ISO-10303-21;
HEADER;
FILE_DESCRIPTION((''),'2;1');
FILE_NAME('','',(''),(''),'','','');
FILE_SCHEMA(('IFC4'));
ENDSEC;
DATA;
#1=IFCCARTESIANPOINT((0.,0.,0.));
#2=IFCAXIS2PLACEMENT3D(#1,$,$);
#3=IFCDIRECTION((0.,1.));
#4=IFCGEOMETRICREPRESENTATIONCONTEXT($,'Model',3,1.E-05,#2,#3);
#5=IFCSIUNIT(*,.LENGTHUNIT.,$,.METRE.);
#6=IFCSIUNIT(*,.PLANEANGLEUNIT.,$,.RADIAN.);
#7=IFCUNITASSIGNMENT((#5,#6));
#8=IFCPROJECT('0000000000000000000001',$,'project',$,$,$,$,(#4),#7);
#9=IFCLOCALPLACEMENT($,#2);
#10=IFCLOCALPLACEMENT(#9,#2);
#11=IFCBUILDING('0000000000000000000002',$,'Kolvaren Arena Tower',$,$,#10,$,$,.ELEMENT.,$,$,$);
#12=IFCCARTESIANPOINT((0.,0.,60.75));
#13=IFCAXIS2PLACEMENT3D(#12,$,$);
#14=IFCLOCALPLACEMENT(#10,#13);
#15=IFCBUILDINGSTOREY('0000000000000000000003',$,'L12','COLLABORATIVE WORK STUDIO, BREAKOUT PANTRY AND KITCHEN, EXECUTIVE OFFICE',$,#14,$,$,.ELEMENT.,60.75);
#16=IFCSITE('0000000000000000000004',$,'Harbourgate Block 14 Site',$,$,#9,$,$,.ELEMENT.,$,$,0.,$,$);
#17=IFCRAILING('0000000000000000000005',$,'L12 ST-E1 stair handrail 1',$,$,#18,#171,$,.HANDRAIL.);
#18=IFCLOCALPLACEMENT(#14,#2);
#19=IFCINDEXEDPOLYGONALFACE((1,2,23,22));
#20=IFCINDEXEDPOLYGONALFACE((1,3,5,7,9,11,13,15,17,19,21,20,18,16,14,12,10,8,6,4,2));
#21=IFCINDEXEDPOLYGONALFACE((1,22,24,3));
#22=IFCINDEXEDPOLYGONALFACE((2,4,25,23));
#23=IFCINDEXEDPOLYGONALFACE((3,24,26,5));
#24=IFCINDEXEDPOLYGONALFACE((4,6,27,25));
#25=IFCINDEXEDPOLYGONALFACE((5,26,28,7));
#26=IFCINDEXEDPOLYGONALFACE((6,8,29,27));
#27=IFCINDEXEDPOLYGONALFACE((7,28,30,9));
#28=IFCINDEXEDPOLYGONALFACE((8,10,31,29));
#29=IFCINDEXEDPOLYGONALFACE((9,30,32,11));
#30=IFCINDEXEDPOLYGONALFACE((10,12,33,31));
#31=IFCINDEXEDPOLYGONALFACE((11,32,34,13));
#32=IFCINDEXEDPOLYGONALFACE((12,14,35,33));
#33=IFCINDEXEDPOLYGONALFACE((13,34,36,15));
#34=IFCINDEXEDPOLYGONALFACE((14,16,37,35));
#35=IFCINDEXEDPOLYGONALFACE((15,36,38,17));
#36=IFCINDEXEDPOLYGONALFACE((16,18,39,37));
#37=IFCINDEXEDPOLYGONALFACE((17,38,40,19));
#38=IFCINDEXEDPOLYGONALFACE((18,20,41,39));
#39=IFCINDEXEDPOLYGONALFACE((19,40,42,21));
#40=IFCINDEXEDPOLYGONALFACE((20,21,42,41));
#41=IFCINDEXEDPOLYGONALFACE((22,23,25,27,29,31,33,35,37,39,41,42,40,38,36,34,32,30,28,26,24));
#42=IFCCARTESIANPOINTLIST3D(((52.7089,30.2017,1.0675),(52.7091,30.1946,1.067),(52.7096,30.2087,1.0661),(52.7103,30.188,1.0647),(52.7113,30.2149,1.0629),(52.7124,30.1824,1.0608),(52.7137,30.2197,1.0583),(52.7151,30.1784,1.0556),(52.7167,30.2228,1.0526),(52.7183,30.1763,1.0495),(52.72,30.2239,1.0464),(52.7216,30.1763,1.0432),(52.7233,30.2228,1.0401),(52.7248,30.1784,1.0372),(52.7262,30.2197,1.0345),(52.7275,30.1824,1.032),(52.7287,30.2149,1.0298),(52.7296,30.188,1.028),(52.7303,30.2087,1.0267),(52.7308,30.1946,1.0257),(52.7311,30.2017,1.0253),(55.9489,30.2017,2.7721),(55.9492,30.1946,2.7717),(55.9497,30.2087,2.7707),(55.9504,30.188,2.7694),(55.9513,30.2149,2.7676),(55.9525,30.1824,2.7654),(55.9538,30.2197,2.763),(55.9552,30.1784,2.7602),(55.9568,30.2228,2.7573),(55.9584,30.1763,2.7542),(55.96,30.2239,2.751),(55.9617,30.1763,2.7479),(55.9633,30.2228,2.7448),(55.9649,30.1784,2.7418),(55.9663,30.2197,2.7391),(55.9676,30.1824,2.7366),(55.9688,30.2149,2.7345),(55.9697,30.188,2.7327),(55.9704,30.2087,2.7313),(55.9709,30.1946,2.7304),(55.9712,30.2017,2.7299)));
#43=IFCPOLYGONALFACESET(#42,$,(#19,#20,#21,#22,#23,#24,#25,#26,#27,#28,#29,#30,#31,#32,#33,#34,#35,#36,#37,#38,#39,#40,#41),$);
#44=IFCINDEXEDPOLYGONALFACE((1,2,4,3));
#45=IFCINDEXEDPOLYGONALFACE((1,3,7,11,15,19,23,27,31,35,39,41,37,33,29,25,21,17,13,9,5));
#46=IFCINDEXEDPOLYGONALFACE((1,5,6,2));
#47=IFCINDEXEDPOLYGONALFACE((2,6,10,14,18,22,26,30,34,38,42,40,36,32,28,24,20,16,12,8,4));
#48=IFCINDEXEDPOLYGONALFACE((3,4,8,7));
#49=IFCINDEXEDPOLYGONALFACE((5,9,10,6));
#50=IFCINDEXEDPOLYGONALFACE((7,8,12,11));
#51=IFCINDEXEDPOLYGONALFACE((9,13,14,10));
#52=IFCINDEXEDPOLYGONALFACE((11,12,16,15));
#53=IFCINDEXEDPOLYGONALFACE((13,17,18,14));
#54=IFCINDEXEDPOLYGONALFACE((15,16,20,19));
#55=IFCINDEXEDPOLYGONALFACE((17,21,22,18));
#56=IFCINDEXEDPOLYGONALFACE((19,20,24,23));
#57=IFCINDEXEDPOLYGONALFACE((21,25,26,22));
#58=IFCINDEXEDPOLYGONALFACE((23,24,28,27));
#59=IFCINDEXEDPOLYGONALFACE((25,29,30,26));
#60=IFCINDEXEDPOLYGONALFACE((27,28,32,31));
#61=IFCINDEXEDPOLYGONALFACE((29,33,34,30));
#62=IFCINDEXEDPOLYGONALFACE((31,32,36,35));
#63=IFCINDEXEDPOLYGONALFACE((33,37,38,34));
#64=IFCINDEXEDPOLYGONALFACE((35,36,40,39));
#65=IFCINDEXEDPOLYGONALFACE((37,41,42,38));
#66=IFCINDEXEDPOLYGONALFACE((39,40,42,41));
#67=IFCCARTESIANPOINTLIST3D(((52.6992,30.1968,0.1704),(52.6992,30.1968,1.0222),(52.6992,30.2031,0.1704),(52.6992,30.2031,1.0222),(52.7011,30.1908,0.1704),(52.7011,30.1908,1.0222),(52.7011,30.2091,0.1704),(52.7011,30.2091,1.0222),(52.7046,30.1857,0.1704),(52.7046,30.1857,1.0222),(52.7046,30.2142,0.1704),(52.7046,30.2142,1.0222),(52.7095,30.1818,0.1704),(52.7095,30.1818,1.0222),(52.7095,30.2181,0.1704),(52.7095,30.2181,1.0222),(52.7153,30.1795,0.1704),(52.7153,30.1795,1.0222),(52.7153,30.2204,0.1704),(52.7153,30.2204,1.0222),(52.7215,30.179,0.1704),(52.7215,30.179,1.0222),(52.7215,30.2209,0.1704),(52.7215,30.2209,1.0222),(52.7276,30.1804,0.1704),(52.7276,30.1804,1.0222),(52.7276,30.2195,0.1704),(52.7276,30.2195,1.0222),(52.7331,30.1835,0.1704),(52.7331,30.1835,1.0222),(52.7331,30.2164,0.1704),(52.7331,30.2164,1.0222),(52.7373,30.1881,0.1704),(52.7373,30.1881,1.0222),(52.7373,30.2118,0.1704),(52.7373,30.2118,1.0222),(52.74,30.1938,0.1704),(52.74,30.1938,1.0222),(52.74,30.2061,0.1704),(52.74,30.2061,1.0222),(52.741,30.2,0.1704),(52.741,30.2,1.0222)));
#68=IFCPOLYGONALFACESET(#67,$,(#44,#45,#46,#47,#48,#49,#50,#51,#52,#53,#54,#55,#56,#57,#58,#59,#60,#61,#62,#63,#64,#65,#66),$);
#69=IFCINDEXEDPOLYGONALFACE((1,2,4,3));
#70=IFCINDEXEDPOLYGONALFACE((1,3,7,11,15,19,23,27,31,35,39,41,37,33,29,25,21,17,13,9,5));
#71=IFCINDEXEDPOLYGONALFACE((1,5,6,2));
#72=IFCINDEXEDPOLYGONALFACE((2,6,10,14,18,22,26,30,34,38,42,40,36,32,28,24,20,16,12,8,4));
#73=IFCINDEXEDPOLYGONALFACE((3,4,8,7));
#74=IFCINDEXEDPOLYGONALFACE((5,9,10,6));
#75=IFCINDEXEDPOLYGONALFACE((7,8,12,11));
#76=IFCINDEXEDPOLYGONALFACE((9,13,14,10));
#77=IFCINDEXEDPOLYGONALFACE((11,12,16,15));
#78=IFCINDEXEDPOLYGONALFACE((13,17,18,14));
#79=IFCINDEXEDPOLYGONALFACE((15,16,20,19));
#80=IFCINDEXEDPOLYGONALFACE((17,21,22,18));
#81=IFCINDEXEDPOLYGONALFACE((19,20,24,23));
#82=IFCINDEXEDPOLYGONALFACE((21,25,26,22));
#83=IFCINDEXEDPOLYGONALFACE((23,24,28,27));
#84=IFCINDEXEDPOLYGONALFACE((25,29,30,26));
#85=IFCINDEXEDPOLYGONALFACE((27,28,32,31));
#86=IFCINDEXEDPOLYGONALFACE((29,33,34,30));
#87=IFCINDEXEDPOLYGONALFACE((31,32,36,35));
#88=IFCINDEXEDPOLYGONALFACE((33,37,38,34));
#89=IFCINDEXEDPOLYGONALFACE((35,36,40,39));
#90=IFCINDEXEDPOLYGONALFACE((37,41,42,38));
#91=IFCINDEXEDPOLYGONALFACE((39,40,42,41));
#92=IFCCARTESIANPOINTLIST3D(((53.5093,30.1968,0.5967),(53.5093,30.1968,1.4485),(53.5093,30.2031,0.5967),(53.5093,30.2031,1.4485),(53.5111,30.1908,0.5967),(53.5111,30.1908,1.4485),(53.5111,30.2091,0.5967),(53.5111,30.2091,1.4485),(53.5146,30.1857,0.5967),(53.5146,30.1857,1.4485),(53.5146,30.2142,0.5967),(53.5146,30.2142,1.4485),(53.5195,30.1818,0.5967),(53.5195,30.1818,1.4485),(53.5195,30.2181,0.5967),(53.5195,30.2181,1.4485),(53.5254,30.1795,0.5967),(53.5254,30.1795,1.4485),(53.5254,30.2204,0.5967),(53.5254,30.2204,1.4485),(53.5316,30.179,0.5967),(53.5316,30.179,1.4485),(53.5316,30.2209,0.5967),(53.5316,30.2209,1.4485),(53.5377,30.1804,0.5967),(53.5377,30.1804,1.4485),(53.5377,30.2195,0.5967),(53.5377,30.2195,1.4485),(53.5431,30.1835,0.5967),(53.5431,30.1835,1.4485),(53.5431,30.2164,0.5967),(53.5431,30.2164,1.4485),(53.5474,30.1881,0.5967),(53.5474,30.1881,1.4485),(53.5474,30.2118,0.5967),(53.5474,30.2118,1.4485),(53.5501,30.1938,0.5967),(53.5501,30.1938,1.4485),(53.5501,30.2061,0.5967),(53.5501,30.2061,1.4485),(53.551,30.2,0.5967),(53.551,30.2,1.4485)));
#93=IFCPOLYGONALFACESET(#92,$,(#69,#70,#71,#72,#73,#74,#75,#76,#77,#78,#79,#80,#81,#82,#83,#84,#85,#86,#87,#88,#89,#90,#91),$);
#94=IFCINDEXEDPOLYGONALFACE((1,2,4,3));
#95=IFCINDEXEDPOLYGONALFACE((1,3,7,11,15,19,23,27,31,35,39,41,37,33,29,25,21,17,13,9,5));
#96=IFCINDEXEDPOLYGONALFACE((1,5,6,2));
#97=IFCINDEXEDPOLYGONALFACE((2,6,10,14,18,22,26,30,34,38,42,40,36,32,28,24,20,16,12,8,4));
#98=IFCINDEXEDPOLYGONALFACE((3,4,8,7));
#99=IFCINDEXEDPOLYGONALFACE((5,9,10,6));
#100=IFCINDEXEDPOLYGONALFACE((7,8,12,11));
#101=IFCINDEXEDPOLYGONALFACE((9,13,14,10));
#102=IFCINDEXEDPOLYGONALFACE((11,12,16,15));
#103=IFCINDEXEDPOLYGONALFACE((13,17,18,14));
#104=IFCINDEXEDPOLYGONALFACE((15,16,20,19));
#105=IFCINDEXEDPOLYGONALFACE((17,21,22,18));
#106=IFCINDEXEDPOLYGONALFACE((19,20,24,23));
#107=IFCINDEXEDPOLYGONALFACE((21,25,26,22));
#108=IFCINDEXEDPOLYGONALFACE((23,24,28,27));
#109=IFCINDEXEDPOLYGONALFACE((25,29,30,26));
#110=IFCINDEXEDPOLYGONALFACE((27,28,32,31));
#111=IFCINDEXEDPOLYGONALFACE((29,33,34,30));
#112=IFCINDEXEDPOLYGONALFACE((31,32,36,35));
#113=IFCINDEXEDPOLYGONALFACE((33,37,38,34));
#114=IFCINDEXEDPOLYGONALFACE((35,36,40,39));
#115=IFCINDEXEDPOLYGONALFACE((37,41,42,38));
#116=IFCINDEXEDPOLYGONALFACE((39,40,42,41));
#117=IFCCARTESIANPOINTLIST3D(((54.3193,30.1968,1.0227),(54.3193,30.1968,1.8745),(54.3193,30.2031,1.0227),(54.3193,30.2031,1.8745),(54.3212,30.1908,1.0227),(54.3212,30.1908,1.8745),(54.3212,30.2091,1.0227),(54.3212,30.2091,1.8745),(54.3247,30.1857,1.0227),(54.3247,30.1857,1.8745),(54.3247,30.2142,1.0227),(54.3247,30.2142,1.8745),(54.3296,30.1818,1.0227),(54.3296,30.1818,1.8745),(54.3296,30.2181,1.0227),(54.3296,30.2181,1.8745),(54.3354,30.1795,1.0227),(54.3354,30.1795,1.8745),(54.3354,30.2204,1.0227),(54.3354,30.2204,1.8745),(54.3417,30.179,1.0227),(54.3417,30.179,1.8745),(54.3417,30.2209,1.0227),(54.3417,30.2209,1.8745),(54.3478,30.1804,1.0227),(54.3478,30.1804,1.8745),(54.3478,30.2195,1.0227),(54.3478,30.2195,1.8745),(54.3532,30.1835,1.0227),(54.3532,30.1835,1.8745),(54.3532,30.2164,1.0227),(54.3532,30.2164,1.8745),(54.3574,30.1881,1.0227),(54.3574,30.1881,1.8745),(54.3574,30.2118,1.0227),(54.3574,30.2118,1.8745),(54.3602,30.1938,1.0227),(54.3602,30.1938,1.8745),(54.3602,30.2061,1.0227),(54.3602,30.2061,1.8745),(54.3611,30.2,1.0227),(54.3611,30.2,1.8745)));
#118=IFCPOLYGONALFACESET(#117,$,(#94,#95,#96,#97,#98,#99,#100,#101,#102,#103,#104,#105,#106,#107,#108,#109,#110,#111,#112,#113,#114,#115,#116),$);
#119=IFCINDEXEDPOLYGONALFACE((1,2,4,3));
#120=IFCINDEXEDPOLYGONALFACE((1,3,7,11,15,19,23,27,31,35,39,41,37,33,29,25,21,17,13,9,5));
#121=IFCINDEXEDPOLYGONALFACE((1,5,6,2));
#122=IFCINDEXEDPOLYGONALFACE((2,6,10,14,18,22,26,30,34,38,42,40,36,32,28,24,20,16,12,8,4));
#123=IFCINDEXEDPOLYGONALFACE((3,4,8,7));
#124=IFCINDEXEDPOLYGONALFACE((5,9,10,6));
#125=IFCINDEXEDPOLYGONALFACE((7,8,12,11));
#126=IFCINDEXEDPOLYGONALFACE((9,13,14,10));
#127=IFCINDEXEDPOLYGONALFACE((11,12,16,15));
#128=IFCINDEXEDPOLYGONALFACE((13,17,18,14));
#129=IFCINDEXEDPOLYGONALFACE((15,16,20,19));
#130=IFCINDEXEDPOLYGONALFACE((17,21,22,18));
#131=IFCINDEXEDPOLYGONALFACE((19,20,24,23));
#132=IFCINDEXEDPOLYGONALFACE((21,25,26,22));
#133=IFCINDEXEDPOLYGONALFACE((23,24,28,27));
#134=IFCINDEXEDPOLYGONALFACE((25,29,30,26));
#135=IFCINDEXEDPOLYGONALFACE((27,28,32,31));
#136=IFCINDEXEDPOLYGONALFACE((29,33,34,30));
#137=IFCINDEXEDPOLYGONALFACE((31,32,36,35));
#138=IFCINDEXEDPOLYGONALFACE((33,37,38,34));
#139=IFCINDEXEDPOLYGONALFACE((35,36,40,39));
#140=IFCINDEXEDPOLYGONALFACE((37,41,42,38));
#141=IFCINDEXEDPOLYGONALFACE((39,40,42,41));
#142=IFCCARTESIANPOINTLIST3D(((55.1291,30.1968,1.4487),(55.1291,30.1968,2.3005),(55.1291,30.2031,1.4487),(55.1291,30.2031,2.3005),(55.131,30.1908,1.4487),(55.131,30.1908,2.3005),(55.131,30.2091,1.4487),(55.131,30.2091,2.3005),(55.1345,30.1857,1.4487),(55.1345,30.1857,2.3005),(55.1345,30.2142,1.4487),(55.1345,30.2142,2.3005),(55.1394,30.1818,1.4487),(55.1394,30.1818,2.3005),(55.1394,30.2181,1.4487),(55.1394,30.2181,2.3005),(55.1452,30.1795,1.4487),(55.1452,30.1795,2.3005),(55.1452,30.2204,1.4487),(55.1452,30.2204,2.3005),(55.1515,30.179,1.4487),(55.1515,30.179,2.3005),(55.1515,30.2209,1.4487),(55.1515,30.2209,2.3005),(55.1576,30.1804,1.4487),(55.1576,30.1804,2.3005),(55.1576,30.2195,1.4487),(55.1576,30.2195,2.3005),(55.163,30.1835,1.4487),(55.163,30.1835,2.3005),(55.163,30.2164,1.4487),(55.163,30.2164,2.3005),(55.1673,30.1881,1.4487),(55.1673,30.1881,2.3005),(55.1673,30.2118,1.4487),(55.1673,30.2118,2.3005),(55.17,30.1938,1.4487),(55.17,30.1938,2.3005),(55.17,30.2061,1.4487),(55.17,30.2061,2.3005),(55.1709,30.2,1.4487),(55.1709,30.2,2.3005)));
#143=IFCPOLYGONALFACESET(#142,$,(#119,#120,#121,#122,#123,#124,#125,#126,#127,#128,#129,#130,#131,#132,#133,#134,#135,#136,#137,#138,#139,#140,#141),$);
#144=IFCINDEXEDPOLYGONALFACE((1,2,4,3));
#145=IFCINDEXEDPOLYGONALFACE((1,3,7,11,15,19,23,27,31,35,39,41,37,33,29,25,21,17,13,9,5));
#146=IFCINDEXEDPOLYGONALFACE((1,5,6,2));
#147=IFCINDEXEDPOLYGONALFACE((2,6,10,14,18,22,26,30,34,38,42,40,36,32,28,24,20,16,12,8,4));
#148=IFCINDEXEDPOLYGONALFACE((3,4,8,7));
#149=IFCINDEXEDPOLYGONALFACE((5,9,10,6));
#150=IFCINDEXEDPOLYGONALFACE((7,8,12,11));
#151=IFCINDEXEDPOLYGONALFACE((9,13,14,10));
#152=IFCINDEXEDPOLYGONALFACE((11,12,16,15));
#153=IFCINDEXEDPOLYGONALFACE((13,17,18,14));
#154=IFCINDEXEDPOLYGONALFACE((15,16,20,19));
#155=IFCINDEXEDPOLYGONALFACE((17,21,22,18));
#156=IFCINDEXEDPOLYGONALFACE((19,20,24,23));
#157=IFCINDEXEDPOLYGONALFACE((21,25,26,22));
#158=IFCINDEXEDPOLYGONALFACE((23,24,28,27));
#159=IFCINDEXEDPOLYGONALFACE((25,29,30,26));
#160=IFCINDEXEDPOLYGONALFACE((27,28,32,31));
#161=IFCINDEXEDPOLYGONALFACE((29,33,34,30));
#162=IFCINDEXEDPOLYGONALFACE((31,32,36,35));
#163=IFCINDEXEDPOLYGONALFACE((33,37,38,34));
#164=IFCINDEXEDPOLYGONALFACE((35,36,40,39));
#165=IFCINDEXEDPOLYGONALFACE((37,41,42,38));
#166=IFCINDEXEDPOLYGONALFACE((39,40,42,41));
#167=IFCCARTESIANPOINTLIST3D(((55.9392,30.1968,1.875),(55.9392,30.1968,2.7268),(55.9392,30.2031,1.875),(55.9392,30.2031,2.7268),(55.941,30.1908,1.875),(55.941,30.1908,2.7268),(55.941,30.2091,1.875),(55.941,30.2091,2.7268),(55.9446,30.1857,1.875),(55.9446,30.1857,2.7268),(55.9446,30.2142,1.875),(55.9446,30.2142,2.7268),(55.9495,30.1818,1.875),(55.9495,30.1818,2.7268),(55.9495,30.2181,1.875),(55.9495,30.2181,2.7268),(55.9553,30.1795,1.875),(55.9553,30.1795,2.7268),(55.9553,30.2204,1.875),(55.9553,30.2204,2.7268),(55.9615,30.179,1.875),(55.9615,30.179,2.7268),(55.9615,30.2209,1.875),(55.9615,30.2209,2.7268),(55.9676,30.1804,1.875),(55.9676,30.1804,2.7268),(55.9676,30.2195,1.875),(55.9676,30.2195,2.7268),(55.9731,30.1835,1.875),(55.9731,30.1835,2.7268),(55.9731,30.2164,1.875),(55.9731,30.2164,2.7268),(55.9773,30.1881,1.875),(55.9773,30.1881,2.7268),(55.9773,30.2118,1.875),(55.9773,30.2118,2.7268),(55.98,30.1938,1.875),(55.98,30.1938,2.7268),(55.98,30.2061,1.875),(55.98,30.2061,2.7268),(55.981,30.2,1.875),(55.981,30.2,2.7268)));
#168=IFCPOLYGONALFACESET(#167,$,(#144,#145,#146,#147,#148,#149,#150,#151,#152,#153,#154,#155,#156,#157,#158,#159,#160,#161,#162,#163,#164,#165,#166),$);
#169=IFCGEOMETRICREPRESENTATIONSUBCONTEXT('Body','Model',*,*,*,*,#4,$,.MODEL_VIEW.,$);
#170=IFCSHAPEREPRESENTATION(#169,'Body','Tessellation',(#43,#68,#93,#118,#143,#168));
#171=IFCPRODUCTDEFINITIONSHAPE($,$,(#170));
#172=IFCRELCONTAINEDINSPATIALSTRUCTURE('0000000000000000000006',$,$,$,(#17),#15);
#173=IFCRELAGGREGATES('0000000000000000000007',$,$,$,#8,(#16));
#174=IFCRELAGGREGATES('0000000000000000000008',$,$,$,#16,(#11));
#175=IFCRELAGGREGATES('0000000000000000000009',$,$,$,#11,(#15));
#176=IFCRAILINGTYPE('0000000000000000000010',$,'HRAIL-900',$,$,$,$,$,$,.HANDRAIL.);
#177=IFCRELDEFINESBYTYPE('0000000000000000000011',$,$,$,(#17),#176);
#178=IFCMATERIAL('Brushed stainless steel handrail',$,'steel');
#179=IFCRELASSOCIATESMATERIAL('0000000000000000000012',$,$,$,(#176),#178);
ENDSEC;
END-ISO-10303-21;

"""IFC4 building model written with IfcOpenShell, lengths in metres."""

from ifc_helpers import new_model, si_unit, direction, frame, origin, origin_2d, place, context, subcontext, project, spatial, circle, extrude, material, type_object, element, save


model = new_model("IFC4")

# Units and contexts
model_context = context("Model", 3, precision=1e-05, world=origin(), true_north=direction((0.0, 1.0)))
body_context = subcontext(model_context, "Body", "Model", "MODEL_VIEW")
ifc_project = project(units=[si_unit("LENGTHUNIT", "METRE"), si_unit("PLANEANGLEUNIT", "RADIAN")], contexts=[model_context])

# Site, building, storey
site_placement = place(None, origin())
site = spatial("IfcSite", under=ifc_project, at=site_placement, Name="Harbourgate Block 14 Site", CompositionType="ELEMENT", RefElevation=0.0)
building_placement = place(site_placement, origin())
building = spatial("IfcBuilding", under=site, at=building_placement, Name="Kolvaren Arena Tower", CompositionType="ELEMENT")
storey_placement = place(building_placement, frame((0.0, 0.0, 60.75)))
storey = spatial("IfcBuildingStorey", under=building, at=storey_placement, Name="L12", Description="COLLABORATIVE WORK STUDIO, BREAKOUT PANTRY AND KITCHEN, EXECUTIVE OFFICE", CompositionType="ELEMENT", Elevation=60.75)

# Railing
ifc_material_1 = material(Name="Brushed stainless steel handrail", Category="steel")
railing_type_1 = type_object("IfcRailingType", Name="HRAIL-900", PredefinedType="HANDRAIL", material=ifc_material_1)
for number, where, name in (
    (1, (52.72, 30.2, 0.1704), "L12 ST-E1 stair handrail 1"),
):
    element("IfcRailing", number, at=place(storey_placement, frame(where)), inside=storey, type_object=railing_type_1, Name=name, PredefinedType="HANDRAIL", context=body_context, shape_type="SweptSolid", body=[
        extrude(circle(Radius=0.0239, at=origin_2d()), frame((0.0, 0.0, 0.876), z_axis=(0.884993, 0.0, 0.465604), x_axis=(0.0, 1.0, 0.0)), (0.0, 0.0, 1.0), 3.6611),
        extrude(circle(Radius=0.021, at=origin_2d()), origin(), (0.0, 0.0, 1.0), 0.8518),
        extrude(circle(Radius=0.021, at=origin_2d()), frame((0.8101, 0.0, 0.4263)), (0.0, 0.0, 1.0), 0.8518),
        extrude(circle(Radius=0.021, at=origin_2d()), frame((1.6201, 0.0, 0.8523)), (0.0, 0.0, 1.0), 0.8518),
        extrude(circle(Radius=0.021, at=origin_2d()), frame((2.4299, 0.0, 1.2783)), (0.0, 0.0, 1.0), 0.8518),
        extrude(circle(Radius=0.021, at=origin_2d()), frame((3.24, 0.0, 1.7046)), (0.0, 0.0, 1.0), 0.8518),
    ])

save(model, "model.ifc")
